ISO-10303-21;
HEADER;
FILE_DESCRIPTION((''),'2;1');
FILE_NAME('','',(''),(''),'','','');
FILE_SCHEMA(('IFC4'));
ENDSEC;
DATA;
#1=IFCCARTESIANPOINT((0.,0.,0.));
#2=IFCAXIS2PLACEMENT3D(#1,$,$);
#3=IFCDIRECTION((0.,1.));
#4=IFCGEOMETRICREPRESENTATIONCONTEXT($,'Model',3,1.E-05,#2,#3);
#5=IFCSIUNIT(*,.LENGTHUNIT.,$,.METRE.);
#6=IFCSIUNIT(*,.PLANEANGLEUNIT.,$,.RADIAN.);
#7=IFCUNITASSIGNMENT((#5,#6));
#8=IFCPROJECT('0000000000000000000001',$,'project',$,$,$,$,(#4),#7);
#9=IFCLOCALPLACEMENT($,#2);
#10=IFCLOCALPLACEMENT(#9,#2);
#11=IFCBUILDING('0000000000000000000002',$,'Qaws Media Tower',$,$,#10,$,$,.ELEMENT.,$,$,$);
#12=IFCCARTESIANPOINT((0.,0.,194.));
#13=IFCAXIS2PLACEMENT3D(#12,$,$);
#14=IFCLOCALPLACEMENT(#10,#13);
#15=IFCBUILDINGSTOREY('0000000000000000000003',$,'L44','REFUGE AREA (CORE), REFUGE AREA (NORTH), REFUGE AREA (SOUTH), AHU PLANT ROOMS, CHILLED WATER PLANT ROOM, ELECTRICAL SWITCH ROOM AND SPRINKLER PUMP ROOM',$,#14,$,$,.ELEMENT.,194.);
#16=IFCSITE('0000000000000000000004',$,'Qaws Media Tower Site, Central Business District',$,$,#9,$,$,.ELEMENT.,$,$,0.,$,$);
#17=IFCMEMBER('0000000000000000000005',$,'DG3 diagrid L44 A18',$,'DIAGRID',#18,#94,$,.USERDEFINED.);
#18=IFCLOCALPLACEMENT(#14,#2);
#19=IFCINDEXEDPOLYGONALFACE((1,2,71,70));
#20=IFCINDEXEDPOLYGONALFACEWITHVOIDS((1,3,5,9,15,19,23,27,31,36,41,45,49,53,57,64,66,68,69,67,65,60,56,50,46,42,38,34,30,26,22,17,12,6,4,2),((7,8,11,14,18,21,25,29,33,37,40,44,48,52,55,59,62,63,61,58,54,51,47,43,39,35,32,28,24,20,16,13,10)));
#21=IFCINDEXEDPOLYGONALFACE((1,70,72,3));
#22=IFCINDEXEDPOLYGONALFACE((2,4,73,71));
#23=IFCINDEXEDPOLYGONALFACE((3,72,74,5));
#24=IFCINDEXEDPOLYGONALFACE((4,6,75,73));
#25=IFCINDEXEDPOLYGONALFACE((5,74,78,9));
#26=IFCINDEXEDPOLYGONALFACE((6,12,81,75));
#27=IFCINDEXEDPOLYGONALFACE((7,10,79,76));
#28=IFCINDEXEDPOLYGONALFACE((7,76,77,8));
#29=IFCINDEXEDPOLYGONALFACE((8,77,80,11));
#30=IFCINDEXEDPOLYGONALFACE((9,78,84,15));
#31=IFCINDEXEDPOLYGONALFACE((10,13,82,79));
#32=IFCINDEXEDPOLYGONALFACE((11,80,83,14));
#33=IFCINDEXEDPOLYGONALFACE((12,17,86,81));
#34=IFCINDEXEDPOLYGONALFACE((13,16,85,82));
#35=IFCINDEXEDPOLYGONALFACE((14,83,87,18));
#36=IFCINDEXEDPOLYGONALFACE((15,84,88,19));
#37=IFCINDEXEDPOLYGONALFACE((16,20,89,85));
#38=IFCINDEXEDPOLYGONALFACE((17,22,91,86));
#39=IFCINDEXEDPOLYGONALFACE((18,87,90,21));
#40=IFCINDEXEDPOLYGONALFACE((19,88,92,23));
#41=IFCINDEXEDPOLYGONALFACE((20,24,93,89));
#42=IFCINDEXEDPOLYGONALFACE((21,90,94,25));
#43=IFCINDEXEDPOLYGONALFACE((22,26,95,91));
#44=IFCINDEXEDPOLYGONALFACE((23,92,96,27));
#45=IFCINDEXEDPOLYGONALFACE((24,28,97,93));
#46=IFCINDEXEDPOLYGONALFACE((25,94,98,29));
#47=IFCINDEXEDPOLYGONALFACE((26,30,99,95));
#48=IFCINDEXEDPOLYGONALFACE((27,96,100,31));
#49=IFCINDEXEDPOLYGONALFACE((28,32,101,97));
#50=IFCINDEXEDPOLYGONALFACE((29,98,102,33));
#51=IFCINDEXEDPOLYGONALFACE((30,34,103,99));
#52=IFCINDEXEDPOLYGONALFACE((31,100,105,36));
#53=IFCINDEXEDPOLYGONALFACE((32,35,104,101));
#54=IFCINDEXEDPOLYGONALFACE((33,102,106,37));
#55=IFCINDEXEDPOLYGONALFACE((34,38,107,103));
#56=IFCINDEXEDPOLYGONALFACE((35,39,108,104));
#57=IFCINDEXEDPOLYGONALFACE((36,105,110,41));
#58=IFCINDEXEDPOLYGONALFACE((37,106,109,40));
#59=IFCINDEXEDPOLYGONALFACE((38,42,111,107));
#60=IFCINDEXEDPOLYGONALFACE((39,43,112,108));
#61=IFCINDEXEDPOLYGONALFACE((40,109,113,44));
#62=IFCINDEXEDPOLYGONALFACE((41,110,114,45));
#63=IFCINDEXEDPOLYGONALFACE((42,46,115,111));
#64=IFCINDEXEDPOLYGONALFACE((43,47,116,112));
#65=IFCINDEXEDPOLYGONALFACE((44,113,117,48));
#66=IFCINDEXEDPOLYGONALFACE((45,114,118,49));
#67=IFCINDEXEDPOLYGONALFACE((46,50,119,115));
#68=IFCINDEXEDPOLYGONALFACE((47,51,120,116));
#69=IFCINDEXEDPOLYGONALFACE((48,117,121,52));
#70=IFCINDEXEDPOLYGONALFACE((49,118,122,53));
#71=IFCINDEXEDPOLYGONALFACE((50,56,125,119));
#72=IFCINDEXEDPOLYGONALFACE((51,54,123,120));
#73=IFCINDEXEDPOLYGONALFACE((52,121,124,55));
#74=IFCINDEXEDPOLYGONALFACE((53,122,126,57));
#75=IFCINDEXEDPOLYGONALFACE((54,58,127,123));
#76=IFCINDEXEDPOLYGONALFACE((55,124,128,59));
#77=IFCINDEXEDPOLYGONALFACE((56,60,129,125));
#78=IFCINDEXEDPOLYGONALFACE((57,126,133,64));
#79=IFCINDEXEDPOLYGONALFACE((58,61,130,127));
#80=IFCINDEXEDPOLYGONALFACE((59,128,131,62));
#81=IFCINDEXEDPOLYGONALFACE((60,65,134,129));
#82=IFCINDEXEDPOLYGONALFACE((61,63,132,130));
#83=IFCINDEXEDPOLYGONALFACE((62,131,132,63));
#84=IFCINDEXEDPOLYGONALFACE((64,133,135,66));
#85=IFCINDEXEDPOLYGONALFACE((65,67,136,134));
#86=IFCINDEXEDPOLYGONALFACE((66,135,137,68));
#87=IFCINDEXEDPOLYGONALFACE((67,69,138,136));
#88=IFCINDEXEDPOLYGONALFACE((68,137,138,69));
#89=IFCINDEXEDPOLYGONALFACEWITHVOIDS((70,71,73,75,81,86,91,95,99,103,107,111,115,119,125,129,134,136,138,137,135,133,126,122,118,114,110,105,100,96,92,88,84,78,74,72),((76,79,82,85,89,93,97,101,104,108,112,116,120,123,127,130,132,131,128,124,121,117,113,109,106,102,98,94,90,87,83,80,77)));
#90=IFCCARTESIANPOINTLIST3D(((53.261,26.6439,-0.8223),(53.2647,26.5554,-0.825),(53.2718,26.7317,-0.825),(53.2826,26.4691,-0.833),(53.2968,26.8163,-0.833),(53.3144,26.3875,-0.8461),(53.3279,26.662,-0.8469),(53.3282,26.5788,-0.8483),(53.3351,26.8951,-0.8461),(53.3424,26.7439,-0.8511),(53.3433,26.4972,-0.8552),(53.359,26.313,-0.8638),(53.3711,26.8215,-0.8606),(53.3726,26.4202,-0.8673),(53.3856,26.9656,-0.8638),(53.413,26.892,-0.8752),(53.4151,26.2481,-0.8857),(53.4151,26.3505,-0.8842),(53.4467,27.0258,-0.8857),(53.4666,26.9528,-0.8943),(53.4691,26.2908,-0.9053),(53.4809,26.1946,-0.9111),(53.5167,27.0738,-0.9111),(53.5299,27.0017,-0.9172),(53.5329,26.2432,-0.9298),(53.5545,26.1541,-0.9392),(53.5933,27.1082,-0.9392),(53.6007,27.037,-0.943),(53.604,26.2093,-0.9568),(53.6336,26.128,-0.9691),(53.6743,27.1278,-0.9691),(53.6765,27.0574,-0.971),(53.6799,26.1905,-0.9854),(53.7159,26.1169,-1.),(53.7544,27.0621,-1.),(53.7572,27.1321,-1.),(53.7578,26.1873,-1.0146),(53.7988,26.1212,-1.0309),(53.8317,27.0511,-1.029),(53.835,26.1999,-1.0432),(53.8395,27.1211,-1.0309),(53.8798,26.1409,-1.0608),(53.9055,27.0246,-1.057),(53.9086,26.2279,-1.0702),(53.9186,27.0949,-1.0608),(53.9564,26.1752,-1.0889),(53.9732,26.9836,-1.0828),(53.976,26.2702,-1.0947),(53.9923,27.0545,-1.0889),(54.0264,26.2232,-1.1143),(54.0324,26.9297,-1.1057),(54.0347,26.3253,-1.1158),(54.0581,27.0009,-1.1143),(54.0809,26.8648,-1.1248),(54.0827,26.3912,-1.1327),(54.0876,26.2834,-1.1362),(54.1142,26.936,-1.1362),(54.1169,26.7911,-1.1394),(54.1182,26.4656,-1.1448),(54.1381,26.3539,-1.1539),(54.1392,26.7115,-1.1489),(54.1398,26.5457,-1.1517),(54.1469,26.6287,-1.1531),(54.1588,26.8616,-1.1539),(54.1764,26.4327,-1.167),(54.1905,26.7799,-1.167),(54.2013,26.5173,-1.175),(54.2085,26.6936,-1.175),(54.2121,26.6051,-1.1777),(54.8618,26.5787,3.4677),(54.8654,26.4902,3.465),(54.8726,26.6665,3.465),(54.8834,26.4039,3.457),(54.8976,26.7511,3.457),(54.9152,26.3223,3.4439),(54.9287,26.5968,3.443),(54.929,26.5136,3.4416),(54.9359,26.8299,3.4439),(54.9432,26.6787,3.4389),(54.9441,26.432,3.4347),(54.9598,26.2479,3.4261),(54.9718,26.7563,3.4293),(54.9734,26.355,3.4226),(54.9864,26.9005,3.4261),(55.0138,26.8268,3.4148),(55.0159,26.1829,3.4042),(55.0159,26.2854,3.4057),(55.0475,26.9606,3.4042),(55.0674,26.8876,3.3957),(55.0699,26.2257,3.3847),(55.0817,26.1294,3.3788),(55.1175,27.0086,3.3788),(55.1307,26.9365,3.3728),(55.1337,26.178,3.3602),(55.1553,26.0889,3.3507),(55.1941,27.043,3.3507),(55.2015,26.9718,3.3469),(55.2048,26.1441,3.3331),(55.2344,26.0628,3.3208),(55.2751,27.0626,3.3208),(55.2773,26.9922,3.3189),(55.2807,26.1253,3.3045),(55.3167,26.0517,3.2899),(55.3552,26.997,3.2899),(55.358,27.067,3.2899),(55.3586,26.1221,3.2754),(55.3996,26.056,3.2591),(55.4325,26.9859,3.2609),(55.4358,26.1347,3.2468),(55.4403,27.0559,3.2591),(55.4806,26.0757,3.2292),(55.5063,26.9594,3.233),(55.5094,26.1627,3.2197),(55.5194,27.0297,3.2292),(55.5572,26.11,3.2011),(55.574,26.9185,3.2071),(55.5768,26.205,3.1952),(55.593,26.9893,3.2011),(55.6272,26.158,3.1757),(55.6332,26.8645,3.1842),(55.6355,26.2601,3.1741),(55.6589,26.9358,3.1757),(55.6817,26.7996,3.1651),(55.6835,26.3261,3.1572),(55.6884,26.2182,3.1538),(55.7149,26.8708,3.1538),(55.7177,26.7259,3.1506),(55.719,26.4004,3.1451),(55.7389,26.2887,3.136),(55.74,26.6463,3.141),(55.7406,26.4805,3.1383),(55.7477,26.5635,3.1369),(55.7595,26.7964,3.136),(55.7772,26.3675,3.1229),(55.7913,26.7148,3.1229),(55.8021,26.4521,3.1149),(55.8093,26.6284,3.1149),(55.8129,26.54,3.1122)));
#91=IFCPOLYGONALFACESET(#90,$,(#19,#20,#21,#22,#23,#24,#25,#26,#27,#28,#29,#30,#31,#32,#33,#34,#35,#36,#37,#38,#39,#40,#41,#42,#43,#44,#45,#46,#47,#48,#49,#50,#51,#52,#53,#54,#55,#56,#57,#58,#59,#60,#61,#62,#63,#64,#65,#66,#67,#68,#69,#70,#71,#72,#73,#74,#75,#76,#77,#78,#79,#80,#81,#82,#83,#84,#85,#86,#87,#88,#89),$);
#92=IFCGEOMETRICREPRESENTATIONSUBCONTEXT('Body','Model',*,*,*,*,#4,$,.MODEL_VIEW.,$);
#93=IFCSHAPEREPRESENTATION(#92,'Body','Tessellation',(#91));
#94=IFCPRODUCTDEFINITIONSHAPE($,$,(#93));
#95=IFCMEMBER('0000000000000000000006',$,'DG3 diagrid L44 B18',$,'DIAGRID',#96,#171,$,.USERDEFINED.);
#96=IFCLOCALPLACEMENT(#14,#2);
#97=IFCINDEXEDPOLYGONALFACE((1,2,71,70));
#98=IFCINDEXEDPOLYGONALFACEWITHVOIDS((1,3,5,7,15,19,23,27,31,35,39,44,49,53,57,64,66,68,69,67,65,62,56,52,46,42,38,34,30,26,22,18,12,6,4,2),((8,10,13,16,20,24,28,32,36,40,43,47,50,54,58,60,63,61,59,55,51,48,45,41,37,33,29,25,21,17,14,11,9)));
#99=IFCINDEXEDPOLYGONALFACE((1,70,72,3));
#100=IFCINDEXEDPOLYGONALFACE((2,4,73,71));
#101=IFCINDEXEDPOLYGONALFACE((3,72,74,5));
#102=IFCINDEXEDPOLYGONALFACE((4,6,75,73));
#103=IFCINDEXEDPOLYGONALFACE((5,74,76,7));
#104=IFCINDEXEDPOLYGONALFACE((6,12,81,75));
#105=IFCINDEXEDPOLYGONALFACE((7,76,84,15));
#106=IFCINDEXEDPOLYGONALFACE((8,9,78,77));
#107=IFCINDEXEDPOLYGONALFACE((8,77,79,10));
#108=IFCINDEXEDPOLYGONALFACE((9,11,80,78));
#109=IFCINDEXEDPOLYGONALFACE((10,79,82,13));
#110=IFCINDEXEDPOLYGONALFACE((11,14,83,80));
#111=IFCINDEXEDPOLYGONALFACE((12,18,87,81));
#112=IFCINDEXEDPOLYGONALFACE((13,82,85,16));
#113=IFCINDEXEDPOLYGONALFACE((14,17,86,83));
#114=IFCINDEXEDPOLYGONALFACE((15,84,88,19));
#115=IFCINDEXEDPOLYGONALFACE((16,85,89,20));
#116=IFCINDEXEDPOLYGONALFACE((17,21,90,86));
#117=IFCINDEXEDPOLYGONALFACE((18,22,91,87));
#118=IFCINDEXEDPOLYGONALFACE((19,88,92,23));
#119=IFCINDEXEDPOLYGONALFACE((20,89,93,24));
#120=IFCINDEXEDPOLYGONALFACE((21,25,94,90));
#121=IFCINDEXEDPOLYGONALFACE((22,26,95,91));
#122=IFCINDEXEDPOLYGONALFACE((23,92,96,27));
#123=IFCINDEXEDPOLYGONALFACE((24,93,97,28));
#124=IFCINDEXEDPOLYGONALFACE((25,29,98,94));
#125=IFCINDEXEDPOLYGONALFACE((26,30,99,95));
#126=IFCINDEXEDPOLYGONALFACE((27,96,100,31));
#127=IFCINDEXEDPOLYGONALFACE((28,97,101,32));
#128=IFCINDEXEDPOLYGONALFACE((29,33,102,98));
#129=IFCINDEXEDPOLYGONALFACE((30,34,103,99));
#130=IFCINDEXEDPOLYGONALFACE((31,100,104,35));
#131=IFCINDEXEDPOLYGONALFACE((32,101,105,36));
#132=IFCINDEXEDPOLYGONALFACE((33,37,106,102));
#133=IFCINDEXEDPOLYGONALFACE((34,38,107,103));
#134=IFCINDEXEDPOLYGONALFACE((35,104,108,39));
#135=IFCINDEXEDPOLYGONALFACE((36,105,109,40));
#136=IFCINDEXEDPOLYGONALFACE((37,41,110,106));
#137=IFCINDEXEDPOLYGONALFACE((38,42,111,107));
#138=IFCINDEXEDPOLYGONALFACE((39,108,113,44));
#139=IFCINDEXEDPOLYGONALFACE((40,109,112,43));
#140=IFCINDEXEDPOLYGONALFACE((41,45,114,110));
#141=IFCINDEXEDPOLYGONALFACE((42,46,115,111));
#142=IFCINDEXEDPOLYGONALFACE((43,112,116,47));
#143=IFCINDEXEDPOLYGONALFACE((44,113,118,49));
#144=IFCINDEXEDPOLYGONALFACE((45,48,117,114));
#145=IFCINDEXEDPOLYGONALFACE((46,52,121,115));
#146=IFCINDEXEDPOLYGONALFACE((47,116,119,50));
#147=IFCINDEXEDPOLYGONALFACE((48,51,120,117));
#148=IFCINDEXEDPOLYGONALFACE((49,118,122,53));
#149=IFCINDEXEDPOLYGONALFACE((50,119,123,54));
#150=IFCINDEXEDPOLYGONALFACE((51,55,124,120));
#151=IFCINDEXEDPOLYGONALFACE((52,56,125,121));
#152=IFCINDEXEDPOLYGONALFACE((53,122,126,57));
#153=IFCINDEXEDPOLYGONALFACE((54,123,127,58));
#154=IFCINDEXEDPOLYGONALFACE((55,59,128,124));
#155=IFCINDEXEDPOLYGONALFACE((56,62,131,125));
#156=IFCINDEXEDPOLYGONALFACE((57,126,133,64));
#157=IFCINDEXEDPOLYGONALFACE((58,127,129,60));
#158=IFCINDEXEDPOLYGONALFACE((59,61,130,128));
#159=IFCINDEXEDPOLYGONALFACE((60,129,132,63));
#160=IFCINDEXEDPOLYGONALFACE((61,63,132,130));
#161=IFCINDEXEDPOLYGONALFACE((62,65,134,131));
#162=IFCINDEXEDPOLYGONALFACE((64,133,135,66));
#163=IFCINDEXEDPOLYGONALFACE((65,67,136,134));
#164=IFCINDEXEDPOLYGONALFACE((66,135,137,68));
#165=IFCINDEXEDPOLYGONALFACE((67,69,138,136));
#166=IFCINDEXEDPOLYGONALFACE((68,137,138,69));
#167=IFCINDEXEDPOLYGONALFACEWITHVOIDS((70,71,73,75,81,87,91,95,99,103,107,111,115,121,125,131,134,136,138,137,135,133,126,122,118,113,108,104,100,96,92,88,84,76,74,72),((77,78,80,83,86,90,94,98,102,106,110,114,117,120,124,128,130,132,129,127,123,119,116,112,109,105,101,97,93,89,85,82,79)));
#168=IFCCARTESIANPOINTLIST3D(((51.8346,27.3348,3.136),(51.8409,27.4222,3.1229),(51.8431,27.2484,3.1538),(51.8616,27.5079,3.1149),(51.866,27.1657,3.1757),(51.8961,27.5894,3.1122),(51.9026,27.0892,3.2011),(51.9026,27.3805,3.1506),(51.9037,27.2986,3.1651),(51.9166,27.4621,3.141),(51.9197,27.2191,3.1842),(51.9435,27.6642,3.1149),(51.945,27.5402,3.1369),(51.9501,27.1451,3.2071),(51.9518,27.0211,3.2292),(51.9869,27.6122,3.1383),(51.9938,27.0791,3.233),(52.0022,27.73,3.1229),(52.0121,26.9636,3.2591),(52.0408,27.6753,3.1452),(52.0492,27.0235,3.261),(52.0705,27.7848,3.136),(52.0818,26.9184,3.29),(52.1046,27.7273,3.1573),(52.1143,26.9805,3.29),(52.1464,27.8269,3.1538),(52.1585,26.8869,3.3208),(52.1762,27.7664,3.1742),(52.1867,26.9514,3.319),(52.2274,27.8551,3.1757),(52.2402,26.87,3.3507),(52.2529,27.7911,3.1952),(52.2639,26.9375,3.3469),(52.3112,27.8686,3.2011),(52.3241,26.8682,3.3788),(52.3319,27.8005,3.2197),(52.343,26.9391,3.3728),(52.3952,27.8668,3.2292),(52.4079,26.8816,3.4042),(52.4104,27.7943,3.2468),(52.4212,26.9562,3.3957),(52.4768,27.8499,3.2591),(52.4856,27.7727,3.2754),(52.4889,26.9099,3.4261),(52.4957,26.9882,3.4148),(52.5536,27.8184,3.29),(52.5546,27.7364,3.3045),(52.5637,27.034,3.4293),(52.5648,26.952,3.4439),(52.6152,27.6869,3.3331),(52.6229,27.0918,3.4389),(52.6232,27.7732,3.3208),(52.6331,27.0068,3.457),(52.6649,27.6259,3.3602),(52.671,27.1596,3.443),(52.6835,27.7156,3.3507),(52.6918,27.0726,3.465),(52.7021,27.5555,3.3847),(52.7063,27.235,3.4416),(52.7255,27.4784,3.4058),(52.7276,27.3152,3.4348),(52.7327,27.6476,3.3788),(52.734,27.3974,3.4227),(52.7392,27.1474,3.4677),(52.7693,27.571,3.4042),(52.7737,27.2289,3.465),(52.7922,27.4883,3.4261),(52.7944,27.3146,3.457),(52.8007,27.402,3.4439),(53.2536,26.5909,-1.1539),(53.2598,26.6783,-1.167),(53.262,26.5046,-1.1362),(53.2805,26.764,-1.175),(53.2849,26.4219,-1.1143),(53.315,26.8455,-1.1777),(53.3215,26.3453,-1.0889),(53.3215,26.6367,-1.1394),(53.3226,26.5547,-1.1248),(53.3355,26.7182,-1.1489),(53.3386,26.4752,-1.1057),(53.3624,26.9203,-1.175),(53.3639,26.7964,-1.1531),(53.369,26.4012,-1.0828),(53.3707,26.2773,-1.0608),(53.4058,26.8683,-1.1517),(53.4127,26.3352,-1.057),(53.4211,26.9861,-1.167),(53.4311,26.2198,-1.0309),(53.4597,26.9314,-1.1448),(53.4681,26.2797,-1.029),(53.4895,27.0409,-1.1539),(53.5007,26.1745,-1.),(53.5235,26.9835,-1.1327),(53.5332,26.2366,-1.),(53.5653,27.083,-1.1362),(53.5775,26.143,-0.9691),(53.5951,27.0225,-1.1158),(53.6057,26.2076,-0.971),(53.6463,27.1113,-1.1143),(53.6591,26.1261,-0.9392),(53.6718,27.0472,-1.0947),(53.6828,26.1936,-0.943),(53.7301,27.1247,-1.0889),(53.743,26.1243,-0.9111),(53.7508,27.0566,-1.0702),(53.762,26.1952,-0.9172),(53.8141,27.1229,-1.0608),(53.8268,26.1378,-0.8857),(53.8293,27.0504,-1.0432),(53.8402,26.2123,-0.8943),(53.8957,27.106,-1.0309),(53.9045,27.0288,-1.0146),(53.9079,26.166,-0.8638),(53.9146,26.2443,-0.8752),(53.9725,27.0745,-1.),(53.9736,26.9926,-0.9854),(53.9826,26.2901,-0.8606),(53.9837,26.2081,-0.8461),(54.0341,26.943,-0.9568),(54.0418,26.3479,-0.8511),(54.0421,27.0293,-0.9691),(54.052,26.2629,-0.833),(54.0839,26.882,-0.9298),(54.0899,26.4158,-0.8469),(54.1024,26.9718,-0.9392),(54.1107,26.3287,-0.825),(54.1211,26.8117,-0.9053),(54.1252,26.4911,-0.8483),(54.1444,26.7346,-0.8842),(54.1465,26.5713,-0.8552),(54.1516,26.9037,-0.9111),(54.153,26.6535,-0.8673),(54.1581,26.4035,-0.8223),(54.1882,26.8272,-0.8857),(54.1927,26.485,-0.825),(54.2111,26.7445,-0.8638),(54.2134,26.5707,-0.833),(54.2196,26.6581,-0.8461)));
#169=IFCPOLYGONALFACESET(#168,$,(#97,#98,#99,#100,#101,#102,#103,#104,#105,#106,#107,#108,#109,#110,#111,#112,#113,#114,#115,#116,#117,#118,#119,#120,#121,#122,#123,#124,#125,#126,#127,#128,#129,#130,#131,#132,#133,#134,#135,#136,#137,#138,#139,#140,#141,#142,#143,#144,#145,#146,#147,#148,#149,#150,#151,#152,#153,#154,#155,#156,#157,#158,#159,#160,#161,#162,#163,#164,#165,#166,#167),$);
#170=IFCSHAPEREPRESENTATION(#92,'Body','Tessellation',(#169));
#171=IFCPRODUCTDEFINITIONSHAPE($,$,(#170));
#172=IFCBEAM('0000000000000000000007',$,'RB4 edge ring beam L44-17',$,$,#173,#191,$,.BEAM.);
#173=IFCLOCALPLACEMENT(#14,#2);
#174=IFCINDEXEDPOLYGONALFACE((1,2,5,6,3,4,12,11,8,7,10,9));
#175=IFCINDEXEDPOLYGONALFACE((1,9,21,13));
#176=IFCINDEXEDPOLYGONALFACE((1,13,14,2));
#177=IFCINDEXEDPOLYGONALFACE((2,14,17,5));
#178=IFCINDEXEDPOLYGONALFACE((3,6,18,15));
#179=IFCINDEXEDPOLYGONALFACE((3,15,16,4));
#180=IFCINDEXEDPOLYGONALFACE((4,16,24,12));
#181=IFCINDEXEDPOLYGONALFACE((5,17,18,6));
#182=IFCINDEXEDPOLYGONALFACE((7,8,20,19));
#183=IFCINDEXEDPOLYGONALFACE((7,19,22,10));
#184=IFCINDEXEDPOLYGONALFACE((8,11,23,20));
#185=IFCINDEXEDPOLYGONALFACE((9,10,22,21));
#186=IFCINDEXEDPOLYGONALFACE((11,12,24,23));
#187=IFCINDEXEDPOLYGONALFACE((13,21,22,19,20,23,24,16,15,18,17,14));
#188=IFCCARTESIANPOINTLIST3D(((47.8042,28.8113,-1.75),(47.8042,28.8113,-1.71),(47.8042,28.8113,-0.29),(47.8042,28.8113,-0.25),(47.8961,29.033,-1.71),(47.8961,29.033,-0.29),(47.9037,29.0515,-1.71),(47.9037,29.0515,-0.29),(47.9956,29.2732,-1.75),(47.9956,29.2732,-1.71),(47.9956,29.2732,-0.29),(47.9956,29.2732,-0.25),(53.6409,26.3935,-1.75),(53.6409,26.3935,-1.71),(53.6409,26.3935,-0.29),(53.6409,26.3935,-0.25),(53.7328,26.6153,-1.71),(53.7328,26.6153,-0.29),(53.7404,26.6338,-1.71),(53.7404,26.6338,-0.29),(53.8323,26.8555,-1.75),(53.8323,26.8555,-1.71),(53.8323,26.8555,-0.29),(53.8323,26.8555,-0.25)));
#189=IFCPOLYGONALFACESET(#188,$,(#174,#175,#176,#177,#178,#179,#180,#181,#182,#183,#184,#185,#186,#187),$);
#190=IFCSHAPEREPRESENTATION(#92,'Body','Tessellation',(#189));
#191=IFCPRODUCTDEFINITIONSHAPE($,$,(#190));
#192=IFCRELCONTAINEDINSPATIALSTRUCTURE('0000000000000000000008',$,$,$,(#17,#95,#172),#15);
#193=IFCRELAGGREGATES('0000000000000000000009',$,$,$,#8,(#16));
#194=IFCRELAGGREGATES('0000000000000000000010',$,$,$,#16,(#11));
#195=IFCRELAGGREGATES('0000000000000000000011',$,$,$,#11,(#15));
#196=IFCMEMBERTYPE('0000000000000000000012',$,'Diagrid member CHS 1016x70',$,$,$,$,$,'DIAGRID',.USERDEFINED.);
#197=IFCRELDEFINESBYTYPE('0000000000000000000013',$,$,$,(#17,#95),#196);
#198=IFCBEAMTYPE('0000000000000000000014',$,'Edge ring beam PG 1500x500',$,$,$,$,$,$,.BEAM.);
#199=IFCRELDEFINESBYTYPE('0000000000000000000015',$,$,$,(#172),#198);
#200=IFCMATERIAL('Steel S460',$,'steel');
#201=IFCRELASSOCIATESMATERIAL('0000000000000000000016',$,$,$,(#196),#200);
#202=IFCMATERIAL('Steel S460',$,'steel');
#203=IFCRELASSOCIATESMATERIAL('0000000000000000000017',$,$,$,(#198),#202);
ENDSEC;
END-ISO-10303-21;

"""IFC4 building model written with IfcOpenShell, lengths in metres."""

from ifc_helpers import new_model, si_unit, direction, frame, origin, origin_2d, place, context, subcontext, project, spatial, hollow_circle, i_section, extrude, material, material_profile, profile_set, type_object, element, save


model = new_model("IFC4")

# Units and contexts
model_context = context("Model", 3, precision=1e-05, world=origin(), true_north=direction((0.0, 1.0)))
body_context = subcontext(model_context, "Body", "Model", "MODEL_VIEW")
ifc_project = project(units=[si_unit("LENGTHUNIT", "METRE"), si_unit("PLANEANGLEUNIT", "RADIAN")], contexts=[model_context])

# Site, building, storey
site_placement = place(None, origin())
site = spatial("IfcSite", under=ifc_project, at=site_placement, Name="Qaws Media Tower Site, Central Business District", CompositionType="ELEMENT", RefElevation=0.0)
building_placement = place(site_placement, origin())
building = spatial("IfcBuilding", under=site, at=building_placement, Name="Qaws Media Tower", CompositionType="ELEMENT")
storey_placement = place(building_placement, frame((0.0, 0.0, 194.0)))
storey = spatial("IfcBuildingStorey", under=building, at=storey_placement, Name="L44", Description="REFUGE AREA (CORE), REFUGE AREA (NORTH), REFUGE AREA (SOUTH), AHU PLANT ROOMS, CHILLED WATER PLANT ROOM, ELECTRICAL SWITCH ROOM AND SPRINKLER PUMP ROOM", CompositionType="ELEMENT", Elevation=194.0)

# Members
ifc_material_1 = material(Name="Steel S460", Category="steel")
ifc_material_profile_1 = material_profile(ifc_material_1, hollow_circle(Radius=0.5081, WallThickness=0.0701, at=origin_2d()), Name="CHS 1016x70")
ifc_profile_set_1 = profile_set([ifc_material_profile_1], Name="Steel S460")
member_type_1 = type_object("IfcMemberType", Name="Diagrid member CHS 1016x70", ElementType="DIAGRID", PredefinedType="USERDEFINED", material=ifc_profile_set_1)
for number, where, z_axis, x_axis, name in (
    (1, (53.7366, 26.6245, -1.0), (0.349568, -0.014234, 0.936803), (0.040686, 0.999172, 0.0), "DG3 diagrid L44 A18"),
    (2, (53.7366, 26.6245, -1.0), (-0.309852, 0.162443, 0.936805), (-0.46432, -0.885667, 0.0), "DG3 diagrid L44 B18"),
):
    element("IfcMember", number, at=place(storey_placement, frame(where, z_axis=z_axis, x_axis=x_axis)), inside=storey, type_object=member_type_1, Name=name, ObjectType="DIAGRID", PredefinedType="USERDEFINED", context=body_context, shape_type="SweptSolid", body=[
        extrude(hollow_circle(Radius=0.5081, WallThickness=0.0701, at=origin_2d()), origin(), (0.0, 0.0, 1.0), 4.5793),
    ])

# Beam
ifc_material_2 = material(Name="Steel S460", Category="steel")
ifc_material_profile_2 = material_profile(ifc_material_2, i_section(OverallWidth=0.5, OverallDepth=1.5, WebThickness=0.02, FlangeThickness=0.04, at=origin_2d()), Name="PG 1500x500")
ifc_profile_set_2 = profile_set([ifc_material_profile_2], Name="Steel S460")
beam_type_1 = type_object("IfcBeamType", Name="Edge ring beam PG 1500x500", PredefinedType="BEAM", material=ifc_profile_set_2)
beam_1_placement = place(storey_placement, frame((47.8999, 29.0422, -1.0), z_axis=(0.923874, -0.382697, 0.0), x_axis=(0.382697, 0.923874, 0.0)))
element("IfcBeam", 3, at=beam_1_placement, inside=storey, type_object=beam_type_1, Name="RB4 edge ring beam L44-17", PredefinedType="BEAM", context=body_context, shape_type="SweptSolid", body=[
    extrude(i_section(OverallWidth=0.5, OverallDepth=1.5, WebThickness=0.02, FlangeThickness=0.04, at=origin_2d()), origin(), (0.0, 0.0, 1.0), 6.3176),
])

save(model, "model.ifc")
